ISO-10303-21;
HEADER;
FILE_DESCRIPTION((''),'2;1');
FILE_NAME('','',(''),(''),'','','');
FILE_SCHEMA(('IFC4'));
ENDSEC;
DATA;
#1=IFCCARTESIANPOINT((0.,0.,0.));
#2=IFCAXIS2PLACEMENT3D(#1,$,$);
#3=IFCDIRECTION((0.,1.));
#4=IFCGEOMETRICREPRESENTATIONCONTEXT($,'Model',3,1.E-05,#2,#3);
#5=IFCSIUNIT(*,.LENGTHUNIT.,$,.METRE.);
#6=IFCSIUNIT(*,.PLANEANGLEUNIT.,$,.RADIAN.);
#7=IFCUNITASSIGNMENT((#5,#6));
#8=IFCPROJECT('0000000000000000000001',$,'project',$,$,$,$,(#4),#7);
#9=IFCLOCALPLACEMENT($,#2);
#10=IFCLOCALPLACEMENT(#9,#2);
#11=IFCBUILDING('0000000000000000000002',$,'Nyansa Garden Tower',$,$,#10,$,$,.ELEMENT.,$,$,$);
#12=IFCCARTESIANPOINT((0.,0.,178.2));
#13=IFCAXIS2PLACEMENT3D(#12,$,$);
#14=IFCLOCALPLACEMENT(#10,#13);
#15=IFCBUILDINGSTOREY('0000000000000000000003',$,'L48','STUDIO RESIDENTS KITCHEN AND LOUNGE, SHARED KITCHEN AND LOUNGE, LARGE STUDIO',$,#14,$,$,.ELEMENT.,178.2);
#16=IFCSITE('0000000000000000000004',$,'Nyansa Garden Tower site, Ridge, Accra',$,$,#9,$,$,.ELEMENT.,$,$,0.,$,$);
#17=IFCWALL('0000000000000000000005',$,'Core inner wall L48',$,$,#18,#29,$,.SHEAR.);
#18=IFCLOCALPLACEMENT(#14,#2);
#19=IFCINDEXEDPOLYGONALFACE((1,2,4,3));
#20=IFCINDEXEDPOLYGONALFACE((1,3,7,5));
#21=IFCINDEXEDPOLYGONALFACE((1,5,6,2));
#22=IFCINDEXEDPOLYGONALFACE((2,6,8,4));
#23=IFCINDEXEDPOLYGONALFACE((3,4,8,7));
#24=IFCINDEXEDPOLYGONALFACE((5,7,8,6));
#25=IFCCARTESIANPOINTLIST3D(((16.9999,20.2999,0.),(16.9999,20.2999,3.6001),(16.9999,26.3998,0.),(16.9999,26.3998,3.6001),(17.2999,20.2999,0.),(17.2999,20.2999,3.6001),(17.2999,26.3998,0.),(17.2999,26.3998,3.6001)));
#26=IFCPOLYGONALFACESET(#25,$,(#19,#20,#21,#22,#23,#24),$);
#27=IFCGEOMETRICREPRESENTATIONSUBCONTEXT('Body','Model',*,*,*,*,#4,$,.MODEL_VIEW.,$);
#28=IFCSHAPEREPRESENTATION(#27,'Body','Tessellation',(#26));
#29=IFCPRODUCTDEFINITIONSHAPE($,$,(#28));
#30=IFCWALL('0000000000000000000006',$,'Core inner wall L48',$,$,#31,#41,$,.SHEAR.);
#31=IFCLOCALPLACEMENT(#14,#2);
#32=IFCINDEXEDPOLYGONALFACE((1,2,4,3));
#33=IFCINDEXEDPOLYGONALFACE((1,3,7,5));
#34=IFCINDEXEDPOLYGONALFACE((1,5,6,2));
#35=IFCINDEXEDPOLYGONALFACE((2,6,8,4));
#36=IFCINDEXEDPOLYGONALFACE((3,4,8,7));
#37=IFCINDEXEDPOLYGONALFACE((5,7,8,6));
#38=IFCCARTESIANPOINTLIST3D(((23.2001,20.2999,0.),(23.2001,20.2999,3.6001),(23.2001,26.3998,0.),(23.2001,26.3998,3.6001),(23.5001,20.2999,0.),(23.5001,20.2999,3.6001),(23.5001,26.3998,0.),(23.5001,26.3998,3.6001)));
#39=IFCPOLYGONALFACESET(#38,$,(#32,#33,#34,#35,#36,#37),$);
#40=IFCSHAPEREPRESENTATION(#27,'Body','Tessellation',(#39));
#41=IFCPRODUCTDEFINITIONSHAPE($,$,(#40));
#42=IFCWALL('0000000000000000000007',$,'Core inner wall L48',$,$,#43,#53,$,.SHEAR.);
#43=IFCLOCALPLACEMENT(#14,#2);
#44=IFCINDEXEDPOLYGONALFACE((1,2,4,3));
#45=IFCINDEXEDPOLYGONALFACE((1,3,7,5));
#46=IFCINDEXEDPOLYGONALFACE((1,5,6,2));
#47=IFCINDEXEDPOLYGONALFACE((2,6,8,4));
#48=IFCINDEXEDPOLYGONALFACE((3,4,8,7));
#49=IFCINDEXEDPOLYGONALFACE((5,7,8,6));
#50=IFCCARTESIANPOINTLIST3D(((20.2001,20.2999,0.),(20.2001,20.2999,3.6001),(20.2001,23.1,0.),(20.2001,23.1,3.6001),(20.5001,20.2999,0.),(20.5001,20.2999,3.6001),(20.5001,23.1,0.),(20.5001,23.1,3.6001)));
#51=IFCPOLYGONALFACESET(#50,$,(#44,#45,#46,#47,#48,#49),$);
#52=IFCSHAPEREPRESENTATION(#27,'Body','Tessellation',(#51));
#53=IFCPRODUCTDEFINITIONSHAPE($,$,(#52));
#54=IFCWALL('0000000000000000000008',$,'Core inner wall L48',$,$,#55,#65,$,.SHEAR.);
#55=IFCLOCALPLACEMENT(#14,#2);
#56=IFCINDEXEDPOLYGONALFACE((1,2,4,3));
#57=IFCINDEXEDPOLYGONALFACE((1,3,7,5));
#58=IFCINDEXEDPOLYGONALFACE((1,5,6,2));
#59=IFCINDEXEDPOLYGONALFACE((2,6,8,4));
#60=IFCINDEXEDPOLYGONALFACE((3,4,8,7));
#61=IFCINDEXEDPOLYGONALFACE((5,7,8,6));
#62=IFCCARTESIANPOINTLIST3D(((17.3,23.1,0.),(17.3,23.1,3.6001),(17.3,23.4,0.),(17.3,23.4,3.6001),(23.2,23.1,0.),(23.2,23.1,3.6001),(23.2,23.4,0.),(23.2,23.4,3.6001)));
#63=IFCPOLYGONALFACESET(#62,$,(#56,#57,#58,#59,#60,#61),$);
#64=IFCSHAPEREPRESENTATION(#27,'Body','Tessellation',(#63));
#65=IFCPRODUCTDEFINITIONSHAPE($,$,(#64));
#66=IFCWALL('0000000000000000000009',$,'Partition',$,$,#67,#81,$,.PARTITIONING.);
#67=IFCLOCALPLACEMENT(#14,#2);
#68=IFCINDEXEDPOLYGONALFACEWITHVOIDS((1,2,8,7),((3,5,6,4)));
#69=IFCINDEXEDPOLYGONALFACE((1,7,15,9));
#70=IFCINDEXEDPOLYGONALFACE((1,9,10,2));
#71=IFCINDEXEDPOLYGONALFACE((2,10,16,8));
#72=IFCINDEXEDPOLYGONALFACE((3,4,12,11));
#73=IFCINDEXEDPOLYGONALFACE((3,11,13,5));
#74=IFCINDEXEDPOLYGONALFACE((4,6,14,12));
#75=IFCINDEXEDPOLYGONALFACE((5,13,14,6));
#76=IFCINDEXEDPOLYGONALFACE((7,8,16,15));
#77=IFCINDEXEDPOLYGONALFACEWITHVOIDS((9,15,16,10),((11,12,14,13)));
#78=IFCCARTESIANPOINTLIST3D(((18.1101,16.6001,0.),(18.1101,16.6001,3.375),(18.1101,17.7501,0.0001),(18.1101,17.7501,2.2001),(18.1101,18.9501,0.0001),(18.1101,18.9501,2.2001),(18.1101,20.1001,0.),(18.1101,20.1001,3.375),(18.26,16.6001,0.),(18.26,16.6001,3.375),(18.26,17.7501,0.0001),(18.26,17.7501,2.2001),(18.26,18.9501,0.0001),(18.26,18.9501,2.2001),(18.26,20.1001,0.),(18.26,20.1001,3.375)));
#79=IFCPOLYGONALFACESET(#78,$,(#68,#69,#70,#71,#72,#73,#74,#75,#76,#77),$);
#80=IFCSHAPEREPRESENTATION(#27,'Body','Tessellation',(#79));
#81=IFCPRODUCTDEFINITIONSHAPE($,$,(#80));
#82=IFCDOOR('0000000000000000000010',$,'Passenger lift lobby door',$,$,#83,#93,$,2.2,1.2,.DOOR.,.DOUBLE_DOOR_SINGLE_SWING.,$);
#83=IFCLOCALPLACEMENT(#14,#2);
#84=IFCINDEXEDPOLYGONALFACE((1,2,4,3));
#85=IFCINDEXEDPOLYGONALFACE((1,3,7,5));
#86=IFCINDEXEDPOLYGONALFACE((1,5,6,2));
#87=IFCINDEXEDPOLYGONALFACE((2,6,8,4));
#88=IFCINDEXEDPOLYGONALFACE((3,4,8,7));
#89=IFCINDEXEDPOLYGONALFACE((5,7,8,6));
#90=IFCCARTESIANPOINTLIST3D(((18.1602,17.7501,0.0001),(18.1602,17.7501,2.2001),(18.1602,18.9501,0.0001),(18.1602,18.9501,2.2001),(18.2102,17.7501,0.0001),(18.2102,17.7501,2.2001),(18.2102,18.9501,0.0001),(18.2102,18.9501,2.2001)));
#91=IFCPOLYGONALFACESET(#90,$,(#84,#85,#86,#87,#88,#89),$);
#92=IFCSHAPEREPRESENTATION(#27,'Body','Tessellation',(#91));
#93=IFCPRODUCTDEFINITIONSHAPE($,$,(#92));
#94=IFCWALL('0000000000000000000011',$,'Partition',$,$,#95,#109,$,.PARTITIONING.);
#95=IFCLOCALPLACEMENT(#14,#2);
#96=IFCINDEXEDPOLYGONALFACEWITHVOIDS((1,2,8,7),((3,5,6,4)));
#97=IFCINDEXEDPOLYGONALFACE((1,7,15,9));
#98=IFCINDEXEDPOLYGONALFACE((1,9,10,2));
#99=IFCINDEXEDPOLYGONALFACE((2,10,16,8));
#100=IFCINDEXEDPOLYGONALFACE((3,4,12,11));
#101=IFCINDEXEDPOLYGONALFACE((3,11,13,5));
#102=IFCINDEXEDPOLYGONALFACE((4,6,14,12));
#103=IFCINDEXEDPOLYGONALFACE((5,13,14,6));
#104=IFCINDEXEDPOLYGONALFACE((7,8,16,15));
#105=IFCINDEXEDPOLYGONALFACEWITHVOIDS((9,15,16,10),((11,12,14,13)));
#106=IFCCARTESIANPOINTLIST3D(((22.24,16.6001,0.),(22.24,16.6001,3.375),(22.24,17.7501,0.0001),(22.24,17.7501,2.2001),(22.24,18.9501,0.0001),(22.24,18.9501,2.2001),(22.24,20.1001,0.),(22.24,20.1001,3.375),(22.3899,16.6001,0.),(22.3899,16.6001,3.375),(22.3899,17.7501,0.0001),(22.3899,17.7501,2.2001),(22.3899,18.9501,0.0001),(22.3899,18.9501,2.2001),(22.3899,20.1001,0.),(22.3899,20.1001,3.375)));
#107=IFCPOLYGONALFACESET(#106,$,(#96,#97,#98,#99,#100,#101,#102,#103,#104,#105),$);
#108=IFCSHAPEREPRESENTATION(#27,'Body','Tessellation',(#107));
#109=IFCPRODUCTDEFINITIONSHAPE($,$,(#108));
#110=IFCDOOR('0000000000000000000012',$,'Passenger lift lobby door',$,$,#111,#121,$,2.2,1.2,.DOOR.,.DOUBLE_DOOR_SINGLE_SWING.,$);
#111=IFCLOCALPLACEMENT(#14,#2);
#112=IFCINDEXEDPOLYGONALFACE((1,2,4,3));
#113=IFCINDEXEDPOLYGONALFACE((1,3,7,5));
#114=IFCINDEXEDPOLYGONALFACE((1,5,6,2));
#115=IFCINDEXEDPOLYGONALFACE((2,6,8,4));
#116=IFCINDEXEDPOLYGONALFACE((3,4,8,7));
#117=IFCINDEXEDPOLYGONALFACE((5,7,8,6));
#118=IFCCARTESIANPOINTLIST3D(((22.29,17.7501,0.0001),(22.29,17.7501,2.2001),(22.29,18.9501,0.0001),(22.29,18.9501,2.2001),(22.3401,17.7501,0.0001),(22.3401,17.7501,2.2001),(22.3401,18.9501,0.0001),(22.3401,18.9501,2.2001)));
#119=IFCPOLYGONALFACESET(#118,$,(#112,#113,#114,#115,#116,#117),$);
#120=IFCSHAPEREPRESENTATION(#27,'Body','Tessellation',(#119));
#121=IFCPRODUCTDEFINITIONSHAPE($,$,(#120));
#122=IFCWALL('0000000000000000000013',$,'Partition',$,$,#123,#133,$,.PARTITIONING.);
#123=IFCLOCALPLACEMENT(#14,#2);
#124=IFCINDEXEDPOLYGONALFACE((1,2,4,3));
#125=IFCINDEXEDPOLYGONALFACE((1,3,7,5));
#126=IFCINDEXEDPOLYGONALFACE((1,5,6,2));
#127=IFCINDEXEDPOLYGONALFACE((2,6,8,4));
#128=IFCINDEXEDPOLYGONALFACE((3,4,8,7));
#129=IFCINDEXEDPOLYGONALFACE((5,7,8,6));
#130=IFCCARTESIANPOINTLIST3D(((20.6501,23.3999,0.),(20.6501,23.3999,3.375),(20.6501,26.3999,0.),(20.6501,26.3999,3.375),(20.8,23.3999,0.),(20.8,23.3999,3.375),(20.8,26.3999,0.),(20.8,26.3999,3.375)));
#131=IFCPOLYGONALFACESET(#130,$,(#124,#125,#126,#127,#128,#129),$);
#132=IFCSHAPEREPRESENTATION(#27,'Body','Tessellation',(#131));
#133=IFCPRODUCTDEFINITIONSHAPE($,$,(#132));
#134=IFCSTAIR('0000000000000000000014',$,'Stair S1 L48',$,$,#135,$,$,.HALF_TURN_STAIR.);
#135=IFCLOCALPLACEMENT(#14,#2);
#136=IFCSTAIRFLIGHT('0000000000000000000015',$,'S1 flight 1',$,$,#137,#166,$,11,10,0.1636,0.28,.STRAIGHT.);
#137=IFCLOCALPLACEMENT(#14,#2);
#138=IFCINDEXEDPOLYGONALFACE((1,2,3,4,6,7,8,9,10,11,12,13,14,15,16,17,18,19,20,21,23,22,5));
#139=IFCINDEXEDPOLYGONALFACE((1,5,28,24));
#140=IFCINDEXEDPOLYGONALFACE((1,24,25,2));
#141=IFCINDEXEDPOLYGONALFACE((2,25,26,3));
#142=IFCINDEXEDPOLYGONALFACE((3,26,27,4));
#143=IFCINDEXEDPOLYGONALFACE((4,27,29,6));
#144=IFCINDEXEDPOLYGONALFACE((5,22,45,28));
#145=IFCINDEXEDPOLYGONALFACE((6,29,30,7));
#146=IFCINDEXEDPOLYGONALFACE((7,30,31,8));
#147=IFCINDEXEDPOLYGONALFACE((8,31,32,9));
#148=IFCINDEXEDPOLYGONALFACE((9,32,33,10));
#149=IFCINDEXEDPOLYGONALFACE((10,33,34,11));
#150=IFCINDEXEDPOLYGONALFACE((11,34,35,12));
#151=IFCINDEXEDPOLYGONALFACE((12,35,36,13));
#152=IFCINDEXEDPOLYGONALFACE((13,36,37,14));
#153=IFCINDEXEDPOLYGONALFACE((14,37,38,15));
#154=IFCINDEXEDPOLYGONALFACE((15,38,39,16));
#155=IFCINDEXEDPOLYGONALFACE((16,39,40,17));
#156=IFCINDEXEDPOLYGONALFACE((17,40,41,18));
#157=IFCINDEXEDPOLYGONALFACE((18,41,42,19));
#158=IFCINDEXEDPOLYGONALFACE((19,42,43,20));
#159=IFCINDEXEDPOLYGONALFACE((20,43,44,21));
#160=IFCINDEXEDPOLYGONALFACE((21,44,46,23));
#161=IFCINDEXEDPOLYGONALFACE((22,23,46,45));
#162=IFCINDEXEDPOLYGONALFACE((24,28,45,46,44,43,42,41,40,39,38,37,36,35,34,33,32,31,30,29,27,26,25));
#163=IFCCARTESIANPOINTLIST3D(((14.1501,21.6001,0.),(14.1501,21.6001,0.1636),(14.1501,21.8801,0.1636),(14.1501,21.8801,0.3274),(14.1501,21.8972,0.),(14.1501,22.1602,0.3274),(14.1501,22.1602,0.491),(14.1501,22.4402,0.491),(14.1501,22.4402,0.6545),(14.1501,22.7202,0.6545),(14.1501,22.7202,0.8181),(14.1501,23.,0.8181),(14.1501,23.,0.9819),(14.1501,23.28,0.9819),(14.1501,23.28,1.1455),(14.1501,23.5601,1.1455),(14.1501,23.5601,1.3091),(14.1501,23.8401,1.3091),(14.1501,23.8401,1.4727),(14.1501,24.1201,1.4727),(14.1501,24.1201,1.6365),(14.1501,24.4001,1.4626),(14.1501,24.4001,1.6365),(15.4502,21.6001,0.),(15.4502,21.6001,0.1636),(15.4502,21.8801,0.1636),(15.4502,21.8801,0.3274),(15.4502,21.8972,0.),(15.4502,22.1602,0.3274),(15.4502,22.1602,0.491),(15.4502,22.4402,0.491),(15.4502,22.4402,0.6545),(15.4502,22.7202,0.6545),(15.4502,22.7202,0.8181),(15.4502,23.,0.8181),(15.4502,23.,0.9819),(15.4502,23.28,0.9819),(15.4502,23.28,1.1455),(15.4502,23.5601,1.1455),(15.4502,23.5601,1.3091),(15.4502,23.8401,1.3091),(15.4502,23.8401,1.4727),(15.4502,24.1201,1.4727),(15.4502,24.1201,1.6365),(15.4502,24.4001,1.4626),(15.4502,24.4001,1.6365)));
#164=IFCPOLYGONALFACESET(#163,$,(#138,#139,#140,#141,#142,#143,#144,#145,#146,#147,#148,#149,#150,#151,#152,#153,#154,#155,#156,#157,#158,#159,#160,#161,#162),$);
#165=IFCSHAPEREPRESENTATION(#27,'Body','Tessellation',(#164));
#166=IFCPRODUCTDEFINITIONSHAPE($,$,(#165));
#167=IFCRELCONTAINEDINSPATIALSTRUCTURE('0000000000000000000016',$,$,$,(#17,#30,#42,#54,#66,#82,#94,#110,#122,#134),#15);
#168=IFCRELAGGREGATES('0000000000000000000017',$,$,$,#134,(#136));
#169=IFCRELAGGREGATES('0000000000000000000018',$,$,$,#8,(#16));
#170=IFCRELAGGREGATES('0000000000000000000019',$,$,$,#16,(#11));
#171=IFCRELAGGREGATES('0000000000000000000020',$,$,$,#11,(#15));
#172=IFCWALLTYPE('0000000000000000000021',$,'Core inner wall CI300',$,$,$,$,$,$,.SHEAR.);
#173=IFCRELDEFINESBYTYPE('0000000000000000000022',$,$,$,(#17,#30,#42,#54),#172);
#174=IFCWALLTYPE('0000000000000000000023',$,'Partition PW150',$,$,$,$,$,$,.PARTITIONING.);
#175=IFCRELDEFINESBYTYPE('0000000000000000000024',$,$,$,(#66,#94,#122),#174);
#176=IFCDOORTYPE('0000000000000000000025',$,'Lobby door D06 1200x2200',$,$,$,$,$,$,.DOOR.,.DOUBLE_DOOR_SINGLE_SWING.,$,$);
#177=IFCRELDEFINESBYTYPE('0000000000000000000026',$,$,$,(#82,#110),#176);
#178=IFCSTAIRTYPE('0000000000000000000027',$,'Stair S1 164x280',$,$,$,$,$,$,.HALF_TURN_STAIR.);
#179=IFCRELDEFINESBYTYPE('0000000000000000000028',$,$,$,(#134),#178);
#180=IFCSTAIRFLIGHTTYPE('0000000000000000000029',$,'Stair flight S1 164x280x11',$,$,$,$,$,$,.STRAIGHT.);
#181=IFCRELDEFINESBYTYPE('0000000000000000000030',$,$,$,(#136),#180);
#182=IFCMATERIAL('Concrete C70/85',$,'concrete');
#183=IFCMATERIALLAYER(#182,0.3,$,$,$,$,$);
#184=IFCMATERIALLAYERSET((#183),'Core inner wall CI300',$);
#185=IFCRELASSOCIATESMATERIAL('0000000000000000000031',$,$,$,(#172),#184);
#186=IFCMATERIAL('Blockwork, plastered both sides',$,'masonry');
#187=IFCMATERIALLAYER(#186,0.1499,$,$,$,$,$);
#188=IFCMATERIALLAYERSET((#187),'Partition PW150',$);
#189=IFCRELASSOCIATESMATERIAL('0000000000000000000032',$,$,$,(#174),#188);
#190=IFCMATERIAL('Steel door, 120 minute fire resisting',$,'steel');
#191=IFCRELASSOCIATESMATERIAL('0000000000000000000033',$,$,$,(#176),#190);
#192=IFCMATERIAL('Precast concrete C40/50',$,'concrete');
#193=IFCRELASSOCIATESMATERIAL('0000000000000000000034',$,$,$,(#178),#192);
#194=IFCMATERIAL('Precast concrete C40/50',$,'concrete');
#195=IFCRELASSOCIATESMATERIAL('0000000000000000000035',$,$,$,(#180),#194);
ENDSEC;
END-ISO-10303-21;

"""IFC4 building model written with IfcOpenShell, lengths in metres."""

from ifc_helpers import new_model, si_unit, direction, frame, frame_2d, origin, place, context, subcontext, project, spatial, polyline, rectangle, outline, extrude, material, layer, layer_set, type_object, element, fill, aggregate, save


model = new_model("IFC4")

# Units and contexts
model_context = context("Model", 3, precision=1e-05, world=origin(), true_north=direction((0.0, 1.0)))
body_context = subcontext(model_context, "Body", "Model", "MODEL_VIEW")
ifc_project = project(units=[si_unit("LENGTHUNIT", "METRE"), si_unit("PLANEANGLEUNIT", "RADIAN")], contexts=[model_context])

# Site, building, storey
site_placement = place(None, origin())
site = spatial("IfcSite", under=ifc_project, at=site_placement, Name="Nyansa Garden Tower site, Ridge, Accra", CompositionType="ELEMENT", RefElevation=0.0)
building_placement = place(site_placement, origin())
building = spatial("IfcBuilding", under=site, at=building_placement, Name="Nyansa Garden Tower", CompositionType="ELEMENT")
storey_placement = place(building_placement, frame((0.0, 0.0, 178.2)))
storey = spatial("IfcBuildingStorey", under=building, at=storey_placement, Name="L48", Description="STUDIO RESIDENTS KITCHEN AND LOUNGE, SHARED KITCHEN AND LOUNGE, LARGE STUDIO", CompositionType="ELEMENT", Elevation=178.2)

# Walls
ifc_material_1 = material(Name="Concrete C70/85", Category="concrete")
ifc_layer_1 = layer(ifc_material_1, 0.3)
ifc_layer_set_1 = layer_set([ifc_layer_1], Name="Core inner wall CI300")
wall_type_1 = type_object("IfcWallType", Name="Core inner wall CI300", PredefinedType="SHEAR", material=ifc_layer_set_1)
for number, where, z_axis, x_axis, name in (
    (1, (17.1499, 20.3, 0.0), (0.0, 0.0, 1.0), (0.0, 1.0, 0.0), "Core inner wall L48"),
    (2, (23.3501, 20.3, 0.0), (0.0, 0.0, 1.0), (0.0, 1.0, 0.0), "Core inner wall L48"),
):
    element("IfcWall", number, at=place(storey_placement, frame(where, z_axis=z_axis, x_axis=x_axis)), inside=storey, type_object=wall_type_1, Name=name, PredefinedType="SHEAR", context=body_context, shape_type="SweptSolid", body=[
        extrude(rectangle(XDim=6.0999, YDim=0.3, at=frame_2d((3.0498, 0.0))), origin(), (0.0, 0.0, 1.0), 3.6001),
    ])
wall_1_placement = place(storey_placement, frame((20.3501, 20.3, 0.0), z_axis=(0.0, 0.0, 1.0), x_axis=(0.0, 1.0, 0.0)))
element("IfcWall", 3, at=wall_1_placement, inside=storey, type_object=wall_type_1, Name="Core inner wall L48", PredefinedType="SHEAR", context=body_context, shape_type="SweptSolid", body=[
    extrude(rectangle(XDim=2.8, YDim=0.3, at=frame_2d((1.3999, 0.0))), origin(), (0.0, 0.0, 1.0), 3.6001),
])
wall_2_placement = place(storey_placement, frame((17.3, 23.25, 0.0), z_axis=(0.0, 0.0, 1.0), x_axis=(1.0, 0.0, 0.0)))
element("IfcWall", 4, at=wall_2_placement, inside=storey, type_object=wall_type_1, Name="Core inner wall L48", PredefinedType="SHEAR", context=body_context, shape_type="SweptSolid", body=[
    extrude(rectangle(XDim=5.8999, YDim=0.3, at=frame_2d((2.95, 0.0))), origin(), (0.0, 0.0, 1.0), 3.6001),
])

# Walls, openings, doors
ifc_material_2 = material(Name="Blockwork, plastered both sides", Category="masonry")
ifc_layer_2 = layer(ifc_material_2, 0.1499)
ifc_layer_set_2 = layer_set([ifc_layer_2], Name="Partition PW150")
wall_type_2 = type_object("IfcWallType", Name="Partition PW150", PredefinedType="PARTITIONING", material=ifc_layer_set_2)
wall_3_placement = place(storey_placement, frame((18.1851, 16.6001, 0.0), z_axis=(0.0, 0.0, 1.0), x_axis=(0.0, 1.0, 0.0)))
wall_3 = element("IfcWall", 5, at=wall_3_placement, inside=storey, type_object=wall_type_2, Name="Partition", PredefinedType="PARTITIONING", context=body_context, shape_type="SweptSolid", body=[
    extrude(rectangle(XDim=3.5, YDim=0.1499, at=frame_2d((1.75, 0.0))), origin(), (0.0, 0.0, 1.0), 3.375),
])
opening_1_placement = place(wall_3_placement, frame((1.1499, 0.0, 0.0)))
opening_1 = element("IfcOpeningElement", 6, at=opening_1_placement, cuts=wall_3, PredefinedType="OPENING", context=body_context, shape_type="SweptSolid", body=[
    extrude(rectangle(XDim=1.2, YDim=2.2, at=frame_2d((0.6001, 1.1001))), frame((0.0, 0.085, 0.0), z_axis=(0.0, -1.0, 0.0), x_axis=(1.0, 0.0, 0.0)), (0.0, 0.0, 1.0), 0.1699),
])
ifc_material_3 = material(Name="Steel door, 120 minute fire resisting", Category="steel")
door_type = type_object("IfcDoorType", Name="Lobby door D06 1200x2200", OperationType="DOUBLE_DOOR_SINGLE_SWING", PredefinedType="DOOR", material=ifc_material_3)
door_1_placement = place(opening_1_placement, origin())
door_1 = element("IfcDoor", 7, at=door_1_placement, inside=storey, type_object=door_type, Name="Passenger lift lobby door", OperationType="DOUBLE_DOOR_SINGLE_SWING", OverallHeight=2.2, OverallWidth=1.2, PredefinedType="DOOR", context=body_context, shape_type="SweptSolid", body=[
    extrude(rectangle(XDim=1.2, YDim=2.2, at=frame_2d((0.6001, 1.1001))), frame((0.0, 0.0249, 0.0), z_axis=(0.0, -1.0, 0.0), x_axis=(1.0, 0.0, 0.0)), (0.0, 0.0, 1.0), 0.05),
])
fill(opening_1, door_1)
wall_4_placement = place(storey_placement, frame((22.3149, 16.6001, 0.0), z_axis=(0.0, 0.0, 1.0), x_axis=(0.0, 1.0, 0.0)))
wall_4 = element("IfcWall", 8, at=wall_4_placement, inside=storey, type_object=wall_type_2, Name="Partition", PredefinedType="PARTITIONING", context=body_context, shape_type="SweptSolid", body=[
    extrude(rectangle(XDim=3.5, YDim=0.1499, at=frame_2d((1.75, 0.0))), origin(), (0.0, 0.0, 1.0), 3.375),
])
opening_2_placement = place(wall_4_placement, frame((1.1499, 0.0, 0.0)))
opening_2 = element("IfcOpeningElement", 9, at=opening_2_placement, cuts=wall_4, PredefinedType="OPENING", context=body_context, shape_type="SweptSolid", body=[
    extrude(rectangle(XDim=1.2, YDim=2.2, at=frame_2d((0.6001, 1.1001))), frame((0.0, 0.085, 0.0), z_axis=(0.0, -1.0, 0.0), x_axis=(1.0, 0.0, 0.0)), (0.0, 0.0, 1.0), 0.1699),
])
door_2_placement = place(opening_2_placement, origin())
door_2 = element("IfcDoor", 10, at=door_2_placement, inside=storey, type_object=door_type, Name="Passenger lift lobby door", OperationType="DOUBLE_DOOR_SINGLE_SWING", OverallHeight=2.2, OverallWidth=1.2, PredefinedType="DOOR", context=body_context, shape_type="SweptSolid", body=[
    extrude(rectangle(XDim=1.2, YDim=2.2, at=frame_2d((0.6001, 1.1001))), frame((0.0, 0.0249, 0.0), z_axis=(0.0, -1.0, 0.0), x_axis=(1.0, 0.0, 0.0)), (0.0, 0.0, 1.0), 0.05),
])
fill(opening_2, door_2)

# Wall
wall_5_placement = place(storey_placement, frame((20.7251, 23.3999, 0.0), z_axis=(0.0, 0.0, 1.0), x_axis=(0.0, 1.0, 0.0)))
element("IfcWall", 11, at=wall_5_placement, inside=storey, type_object=wall_type_2, Name="Partition", PredefinedType="PARTITIONING", context=body_context, shape_type="SweptSolid", body=[
    extrude(rectangle(XDim=3.0, YDim=0.1499, at=frame_2d((1.5, 0.0))), origin(), (0.0, 0.0, 1.0), 3.375),
])

# Stair, stair flight
ifc_material_4 = material(Name="Precast concrete C40/50", Category="concrete")
stair_type_1 = type_object("IfcStairType", Name="Stair S1 164x280", PredefinedType="HALF_TURN_STAIR", material=ifc_material_4)
stair_1_placement = place(storey_placement, origin())
stair_1 = element("IfcStair", 12, at=stair_1_placement, inside=storey, type_object=stair_type_1, Name="Stair S1 L48", PredefinedType="HALF_TURN_STAIR")
ifc_material_5 = material(Name="Precast concrete C40/50", Category="concrete")
stair_flight_type_1 = type_object("IfcStairFlightType", Name="Stair flight S1 164x280x11", PredefinedType="STRAIGHT", material=ifc_material_5)
stair_flight_1_placement = place(storey_placement, frame((14.8, 21.6001, 0.0), z_axis=(0.0, 0.0, 1.0), x_axis=(0.0, 1.0, 0.0)))
stair_flight_1 = element("IfcStairFlight", 13, at=stair_flight_1_placement, type_object=stair_flight_type_1, Name="S1 flight 1", NumberOfRisers=11, NumberOfTreads=10, PredefinedType="STRAIGHT", RiserHeight=0.1636, TreadLength=0.28, context=body_context, shape_type="SweptSolid", body=[
    extrude(outline(polyline([(0.0, 0.0), (0.0, 0.1636), (0.28, 0.1636), (0.28, 0.3274), (0.5601, 0.3274), (0.5601, 0.491), (0.8401, 0.491), (0.8401, 0.6545), (1.1201, 0.6545), (1.1201, 0.8181), (1.3999, 0.8181), (1.3999, 0.9819), (1.6799, 0.9819), (1.6799, 1.1455), (1.96, 1.1455), (1.96, 1.3091), (2.24, 1.3091), (2.24, 1.4727), (2.52, 1.4727), (2.52, 1.6365), (2.8, 1.6365), (2.8, 1.8), (2.8, 1.4626), (0.2971, 0.0), (0.0, 0.0)])), frame((0.0, 0.6499, 0.0), z_axis=(0.0, -1.0, 0.0), x_axis=(1.0, 0.0, 0.0)), (0.0, 0.0, 1.0), 1.3),
])
aggregate(stair_1, [stair_flight_1])

save(model, "model.ifc")
